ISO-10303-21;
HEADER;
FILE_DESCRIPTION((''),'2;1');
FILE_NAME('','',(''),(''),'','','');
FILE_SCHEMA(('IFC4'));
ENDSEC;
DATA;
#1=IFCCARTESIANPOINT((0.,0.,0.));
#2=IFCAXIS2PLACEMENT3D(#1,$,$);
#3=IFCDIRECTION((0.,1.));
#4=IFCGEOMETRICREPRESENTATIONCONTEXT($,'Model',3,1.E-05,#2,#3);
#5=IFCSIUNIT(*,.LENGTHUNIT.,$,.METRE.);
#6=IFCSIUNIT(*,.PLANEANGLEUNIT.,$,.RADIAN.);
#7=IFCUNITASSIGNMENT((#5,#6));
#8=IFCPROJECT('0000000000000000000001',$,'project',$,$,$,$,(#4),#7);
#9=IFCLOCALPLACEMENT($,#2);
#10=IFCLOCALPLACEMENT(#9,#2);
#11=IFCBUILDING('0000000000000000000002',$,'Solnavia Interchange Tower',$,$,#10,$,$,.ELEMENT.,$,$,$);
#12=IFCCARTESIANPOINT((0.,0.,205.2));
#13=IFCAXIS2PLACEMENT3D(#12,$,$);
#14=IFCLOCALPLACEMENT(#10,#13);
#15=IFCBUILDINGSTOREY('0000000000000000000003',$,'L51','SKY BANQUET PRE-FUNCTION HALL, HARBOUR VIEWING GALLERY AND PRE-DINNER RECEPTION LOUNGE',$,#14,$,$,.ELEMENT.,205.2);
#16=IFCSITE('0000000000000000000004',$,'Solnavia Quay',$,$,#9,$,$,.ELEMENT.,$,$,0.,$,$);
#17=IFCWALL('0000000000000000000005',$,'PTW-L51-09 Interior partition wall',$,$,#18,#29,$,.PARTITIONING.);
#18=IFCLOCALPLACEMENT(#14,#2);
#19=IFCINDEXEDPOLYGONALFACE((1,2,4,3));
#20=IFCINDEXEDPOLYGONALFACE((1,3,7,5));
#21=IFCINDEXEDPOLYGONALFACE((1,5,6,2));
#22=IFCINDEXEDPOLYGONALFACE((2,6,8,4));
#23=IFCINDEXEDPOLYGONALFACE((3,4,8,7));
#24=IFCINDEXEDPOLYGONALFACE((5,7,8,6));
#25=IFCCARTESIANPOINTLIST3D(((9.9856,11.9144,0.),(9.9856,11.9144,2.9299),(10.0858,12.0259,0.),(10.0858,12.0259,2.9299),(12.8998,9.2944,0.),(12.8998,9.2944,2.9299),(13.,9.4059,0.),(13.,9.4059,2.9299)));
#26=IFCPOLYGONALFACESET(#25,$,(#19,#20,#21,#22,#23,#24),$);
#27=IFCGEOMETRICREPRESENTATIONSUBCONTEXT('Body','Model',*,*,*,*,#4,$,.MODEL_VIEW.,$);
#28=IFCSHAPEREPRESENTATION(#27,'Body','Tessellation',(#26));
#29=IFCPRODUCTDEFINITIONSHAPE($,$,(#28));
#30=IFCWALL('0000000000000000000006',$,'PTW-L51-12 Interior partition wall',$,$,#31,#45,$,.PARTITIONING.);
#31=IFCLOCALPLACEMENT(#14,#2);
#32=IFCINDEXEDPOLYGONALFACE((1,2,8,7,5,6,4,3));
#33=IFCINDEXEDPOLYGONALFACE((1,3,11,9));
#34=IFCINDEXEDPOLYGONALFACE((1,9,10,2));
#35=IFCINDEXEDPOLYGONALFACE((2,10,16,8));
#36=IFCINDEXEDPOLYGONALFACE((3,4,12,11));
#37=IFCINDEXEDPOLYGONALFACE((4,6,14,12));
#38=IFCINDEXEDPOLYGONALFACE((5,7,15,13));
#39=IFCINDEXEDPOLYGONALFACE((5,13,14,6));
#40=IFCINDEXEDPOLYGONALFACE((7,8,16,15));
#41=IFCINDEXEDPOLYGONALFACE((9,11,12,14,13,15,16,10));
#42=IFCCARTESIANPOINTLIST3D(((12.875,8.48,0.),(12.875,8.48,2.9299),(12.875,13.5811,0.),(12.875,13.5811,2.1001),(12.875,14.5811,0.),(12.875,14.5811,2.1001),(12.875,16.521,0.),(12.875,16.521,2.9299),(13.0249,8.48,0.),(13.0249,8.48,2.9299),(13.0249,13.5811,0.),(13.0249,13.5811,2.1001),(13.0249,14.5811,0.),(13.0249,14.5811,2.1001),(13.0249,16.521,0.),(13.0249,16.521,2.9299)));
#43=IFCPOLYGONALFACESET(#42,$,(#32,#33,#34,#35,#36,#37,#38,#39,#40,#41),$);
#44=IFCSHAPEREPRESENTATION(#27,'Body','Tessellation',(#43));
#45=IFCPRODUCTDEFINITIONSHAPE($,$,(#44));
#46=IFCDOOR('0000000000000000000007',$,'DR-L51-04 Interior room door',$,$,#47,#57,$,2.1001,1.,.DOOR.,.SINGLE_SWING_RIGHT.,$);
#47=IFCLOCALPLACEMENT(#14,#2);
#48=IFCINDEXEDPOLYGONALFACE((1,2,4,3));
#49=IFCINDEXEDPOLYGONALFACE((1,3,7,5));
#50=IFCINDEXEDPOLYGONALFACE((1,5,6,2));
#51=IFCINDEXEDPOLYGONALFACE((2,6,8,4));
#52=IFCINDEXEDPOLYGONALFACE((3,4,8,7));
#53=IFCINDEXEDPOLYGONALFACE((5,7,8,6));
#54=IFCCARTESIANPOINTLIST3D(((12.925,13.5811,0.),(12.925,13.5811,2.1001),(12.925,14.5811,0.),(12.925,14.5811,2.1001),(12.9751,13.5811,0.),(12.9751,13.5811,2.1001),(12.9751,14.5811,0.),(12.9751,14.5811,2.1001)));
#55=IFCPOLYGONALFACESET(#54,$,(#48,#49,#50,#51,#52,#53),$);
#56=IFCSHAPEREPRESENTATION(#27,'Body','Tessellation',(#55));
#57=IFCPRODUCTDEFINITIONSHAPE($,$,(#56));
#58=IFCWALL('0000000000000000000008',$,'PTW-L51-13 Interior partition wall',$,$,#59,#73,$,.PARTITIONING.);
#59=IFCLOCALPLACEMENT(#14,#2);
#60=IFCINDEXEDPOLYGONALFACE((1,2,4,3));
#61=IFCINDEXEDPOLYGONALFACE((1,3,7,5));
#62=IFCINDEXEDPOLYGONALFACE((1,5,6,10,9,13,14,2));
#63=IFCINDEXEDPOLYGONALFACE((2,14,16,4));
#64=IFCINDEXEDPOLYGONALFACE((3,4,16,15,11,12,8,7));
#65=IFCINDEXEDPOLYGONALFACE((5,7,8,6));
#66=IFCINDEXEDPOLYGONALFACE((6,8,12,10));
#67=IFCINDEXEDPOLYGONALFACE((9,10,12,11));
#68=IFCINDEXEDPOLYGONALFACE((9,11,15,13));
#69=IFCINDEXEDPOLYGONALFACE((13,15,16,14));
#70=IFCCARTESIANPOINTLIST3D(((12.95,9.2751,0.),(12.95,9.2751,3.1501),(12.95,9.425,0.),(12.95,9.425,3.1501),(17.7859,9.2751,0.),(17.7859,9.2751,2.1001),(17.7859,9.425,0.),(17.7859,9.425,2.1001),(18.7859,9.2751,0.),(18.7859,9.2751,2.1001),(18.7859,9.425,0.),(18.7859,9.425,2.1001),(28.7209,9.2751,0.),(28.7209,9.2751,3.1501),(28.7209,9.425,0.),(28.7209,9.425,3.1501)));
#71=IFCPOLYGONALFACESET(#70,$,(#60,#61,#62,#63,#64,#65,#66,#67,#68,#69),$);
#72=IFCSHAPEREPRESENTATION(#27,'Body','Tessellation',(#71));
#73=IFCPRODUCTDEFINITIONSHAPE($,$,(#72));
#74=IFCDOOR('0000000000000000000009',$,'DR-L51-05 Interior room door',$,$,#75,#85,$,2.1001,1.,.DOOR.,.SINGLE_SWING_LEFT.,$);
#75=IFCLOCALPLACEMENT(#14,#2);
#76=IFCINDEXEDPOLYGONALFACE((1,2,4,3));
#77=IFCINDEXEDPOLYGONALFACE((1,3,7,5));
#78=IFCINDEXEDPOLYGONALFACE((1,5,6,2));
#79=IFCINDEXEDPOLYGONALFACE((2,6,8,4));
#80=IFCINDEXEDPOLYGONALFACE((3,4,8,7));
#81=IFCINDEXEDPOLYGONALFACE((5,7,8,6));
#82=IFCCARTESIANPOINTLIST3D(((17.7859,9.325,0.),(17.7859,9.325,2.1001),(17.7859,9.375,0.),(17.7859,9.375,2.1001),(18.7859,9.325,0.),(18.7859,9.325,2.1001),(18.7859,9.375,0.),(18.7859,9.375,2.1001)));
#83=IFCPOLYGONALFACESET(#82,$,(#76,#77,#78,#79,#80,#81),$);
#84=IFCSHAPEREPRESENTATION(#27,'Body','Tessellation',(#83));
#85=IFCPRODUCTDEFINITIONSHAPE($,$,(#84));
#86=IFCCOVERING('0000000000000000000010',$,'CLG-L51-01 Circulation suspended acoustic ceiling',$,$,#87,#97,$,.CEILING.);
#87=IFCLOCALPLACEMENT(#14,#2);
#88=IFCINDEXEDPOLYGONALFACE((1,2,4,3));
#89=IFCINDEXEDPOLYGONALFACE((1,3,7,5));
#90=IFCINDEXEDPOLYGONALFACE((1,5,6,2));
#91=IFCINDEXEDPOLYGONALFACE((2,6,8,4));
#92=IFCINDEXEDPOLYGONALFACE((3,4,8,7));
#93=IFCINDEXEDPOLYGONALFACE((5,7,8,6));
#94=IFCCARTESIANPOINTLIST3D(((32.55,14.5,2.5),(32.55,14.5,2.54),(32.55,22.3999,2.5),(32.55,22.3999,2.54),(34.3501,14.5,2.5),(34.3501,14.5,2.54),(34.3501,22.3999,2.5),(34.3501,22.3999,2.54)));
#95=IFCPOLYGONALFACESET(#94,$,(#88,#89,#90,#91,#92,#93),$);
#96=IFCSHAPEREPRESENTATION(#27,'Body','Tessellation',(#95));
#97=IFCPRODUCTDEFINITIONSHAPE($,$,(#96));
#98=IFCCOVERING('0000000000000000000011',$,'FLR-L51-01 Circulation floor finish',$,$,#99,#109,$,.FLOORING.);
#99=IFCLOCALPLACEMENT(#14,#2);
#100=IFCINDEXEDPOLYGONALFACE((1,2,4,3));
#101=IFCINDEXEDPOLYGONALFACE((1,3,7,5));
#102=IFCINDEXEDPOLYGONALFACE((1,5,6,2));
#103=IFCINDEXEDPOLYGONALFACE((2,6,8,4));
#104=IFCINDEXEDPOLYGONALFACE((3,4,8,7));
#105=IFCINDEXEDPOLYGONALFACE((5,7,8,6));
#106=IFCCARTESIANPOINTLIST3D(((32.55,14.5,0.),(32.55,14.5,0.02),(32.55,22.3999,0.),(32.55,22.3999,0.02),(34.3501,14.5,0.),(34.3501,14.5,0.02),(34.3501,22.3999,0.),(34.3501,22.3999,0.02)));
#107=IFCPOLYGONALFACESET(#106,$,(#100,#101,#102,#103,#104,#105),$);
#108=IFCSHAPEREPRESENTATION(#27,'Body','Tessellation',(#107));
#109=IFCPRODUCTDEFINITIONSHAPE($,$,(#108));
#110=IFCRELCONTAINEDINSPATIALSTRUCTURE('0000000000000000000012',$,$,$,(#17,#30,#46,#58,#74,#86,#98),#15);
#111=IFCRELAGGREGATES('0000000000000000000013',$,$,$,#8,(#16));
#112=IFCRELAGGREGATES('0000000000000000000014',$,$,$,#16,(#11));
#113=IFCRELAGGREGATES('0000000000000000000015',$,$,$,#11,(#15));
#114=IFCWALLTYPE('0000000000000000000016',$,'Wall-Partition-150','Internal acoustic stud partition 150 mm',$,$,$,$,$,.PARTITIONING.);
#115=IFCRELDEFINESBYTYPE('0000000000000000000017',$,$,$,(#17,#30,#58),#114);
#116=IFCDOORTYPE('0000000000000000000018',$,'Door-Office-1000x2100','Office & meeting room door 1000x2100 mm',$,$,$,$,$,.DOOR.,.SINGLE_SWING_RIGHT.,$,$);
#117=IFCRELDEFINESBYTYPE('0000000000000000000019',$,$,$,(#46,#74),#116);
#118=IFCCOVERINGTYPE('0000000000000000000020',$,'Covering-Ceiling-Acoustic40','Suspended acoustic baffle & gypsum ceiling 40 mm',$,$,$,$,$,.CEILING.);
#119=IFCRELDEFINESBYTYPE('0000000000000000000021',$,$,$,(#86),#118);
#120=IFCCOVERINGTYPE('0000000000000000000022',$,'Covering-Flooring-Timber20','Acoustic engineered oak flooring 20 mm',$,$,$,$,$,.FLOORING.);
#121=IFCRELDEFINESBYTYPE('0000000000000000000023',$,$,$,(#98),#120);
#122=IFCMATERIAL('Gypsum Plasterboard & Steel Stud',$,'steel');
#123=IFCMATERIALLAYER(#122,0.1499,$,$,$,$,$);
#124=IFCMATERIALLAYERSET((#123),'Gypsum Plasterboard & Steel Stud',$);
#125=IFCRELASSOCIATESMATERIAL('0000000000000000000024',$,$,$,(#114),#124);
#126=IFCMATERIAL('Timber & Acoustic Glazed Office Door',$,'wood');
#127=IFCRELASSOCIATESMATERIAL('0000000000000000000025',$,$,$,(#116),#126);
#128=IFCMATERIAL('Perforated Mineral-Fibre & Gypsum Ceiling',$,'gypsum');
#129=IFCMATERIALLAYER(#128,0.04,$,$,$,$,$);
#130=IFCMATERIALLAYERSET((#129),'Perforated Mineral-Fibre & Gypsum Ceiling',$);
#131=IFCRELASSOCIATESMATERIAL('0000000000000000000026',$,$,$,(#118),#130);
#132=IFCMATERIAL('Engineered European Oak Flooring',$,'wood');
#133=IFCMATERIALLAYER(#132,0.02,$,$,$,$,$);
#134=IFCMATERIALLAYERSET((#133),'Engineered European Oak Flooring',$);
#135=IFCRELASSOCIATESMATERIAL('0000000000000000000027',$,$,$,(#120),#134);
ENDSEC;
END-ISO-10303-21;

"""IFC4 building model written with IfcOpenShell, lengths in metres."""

from ifc_helpers import new_model, si_unit, direction, frame, frame_2d, origin, place, context, subcontext, project, spatial, polyline, rectangle, outline, extrude, material, layer, layer_set, type_object, element, fill, save


model = new_model("IFC4")

# Units and contexts
model_context = context("Model", 3, precision=1e-05, world=origin(), true_north=direction((0.0, 1.0)))
body_context = subcontext(model_context, "Body", "Model", "MODEL_VIEW")
ifc_project = project(units=[si_unit("LENGTHUNIT", "METRE"), si_unit("PLANEANGLEUNIT", "RADIAN")], contexts=[model_context])

# Site, building, storey
site_placement = place(None, origin())
site = spatial("IfcSite", under=ifc_project, at=site_placement, Name="Solnavia Quay", CompositionType="ELEMENT", RefElevation=0.0)
building_placement = place(site_placement, origin())
building = spatial("IfcBuilding", under=site, at=building_placement, Name="Solnavia Interchange Tower", CompositionType="ELEMENT")
storey_placement = place(building_placement, frame((0.0, 0.0, 205.2)))
storey = spatial("IfcBuildingStorey", under=building, at=storey_placement, Name="L51", Description="SKY BANQUET PRE-FUNCTION HALL, HARBOUR VIEWING GALLERY AND PRE-DINNER RECEPTION LOUNGE", CompositionType="ELEMENT", Elevation=205.2)

# Wall
ifc_material_1 = material(Name="Gypsum Plasterboard & Steel Stud", Category="steel")
ifc_layer_1 = layer(ifc_material_1, 0.1499)
ifc_layer_set_1 = layer_set([ifc_layer_1], Name="Gypsum Plasterboard & Steel Stud")
wall_type_1 = type_object("IfcWallType", Name="Wall-Partition-150", Description="Internal acoustic stud partition 150 mm", PredefinedType="PARTITIONING", material=ifc_layer_set_1)
wall_1_placement = place(storey_placement, frame((12.95, 9.3501, 0.0), z_axis=(0.0, 0.0, 1.0), x_axis=(-0.743647, 0.668572, 0.0)))
element("IfcWall", 1, at=wall_1_placement, inside=storey, type_object=wall_type_1, Name="PTW-L51-09 Interior partition wall", PredefinedType="PARTITIONING", context=body_context, shape_type="SweptSolid", body=[
    extrude(rectangle(XDim=3.9187, YDim=0.1499, at=frame_2d((1.9595, 0.0))), origin(), (0.0, 0.0, 1.0), 2.9299),
])

# Walls, openings, doors
wall_2_placement = place(storey_placement, frame((12.95, 8.48, 0.0), z_axis=(0.0, 0.0, 1.0), x_axis=(0.0, 1.0, 0.0)))
wall_2 = element("IfcWall", 2, at=wall_2_placement, inside=storey, type_object=wall_type_1, Name="PTW-L51-12 Interior partition wall", PredefinedType="PARTITIONING", context=body_context, shape_type="SweptSolid", body=[
    extrude(rectangle(XDim=8.041, YDim=0.1499, at=frame_2d((4.0205, 0.0))), origin(), (0.0, 0.0, 1.0), 2.9299),
])
opening_1_placement = place(wall_2_placement, frame((5.1011, 0.0, 0.0)))
opening_1 = element("IfcOpeningElement", 3, at=opening_1_placement, cuts=wall_2, PredefinedType="OPENING", context=body_context, shape_type="SweptSolid", body=[
    extrude(rectangle(XDim=1.0, YDim=2.1001, at=frame_2d((0.5, 1.05))), frame((0.0, 0.085, 0.0), z_axis=(0.0, -1.0, 0.0), x_axis=(1.0, 0.0, 0.0)), (0.0, 0.0, 1.0), 0.1699),
])
ifc_material_2 = material(Name="Timber & Acoustic Glazed Office Door", Category="wood")
door_type = type_object("IfcDoorType", Name="Door-Office-1000x2100", Description="Office & meeting room door 1000x2100 mm", OperationType="SINGLE_SWING_RIGHT", PredefinedType="DOOR", material=ifc_material_2)
door_1_placement = place(opening_1_placement, origin())
door_1 = element("IfcDoor", 4, at=door_1_placement, inside=storey, type_object=door_type, Name="DR-L51-04 Interior room door", OperationType="SINGLE_SWING_RIGHT", OverallHeight=2.1001, OverallWidth=1.0, PredefinedType="DOOR", context=body_context, shape_type="SweptSolid", body=[
    extrude(rectangle(XDim=1.0, YDim=2.1001, at=frame_2d((0.5, 1.05))), frame((0.0, 0.0249, 0.0), z_axis=(0.0, -1.0, 0.0), x_axis=(1.0, 0.0, 0.0)), (0.0, 0.0, 1.0), 0.05),
])
fill(opening_1, door_1)
wall_3_placement = place(storey_placement, frame((12.95, 9.3501, 0.0), z_axis=(0.0, 0.0, 1.0), x_axis=(1.0, 0.0, 0.0)))
wall_3 = element("IfcWall", 5, at=wall_3_placement, inside=storey, type_object=wall_type_1, Name="PTW-L51-13 Interior partition wall", PredefinedType="PARTITIONING", context=body_context, shape_type="SweptSolid", body=[
    extrude(rectangle(XDim=15.771, YDim=0.1499, at=frame_2d((7.8855, 0.0))), origin(), (0.0, 0.0, 1.0), 3.1501),
])
opening_2_placement = place(wall_3_placement, frame((4.8359, 0.0, 0.0)))
opening_2 = element("IfcOpeningElement", 6, at=opening_2_placement, cuts=wall_3, PredefinedType="OPENING", context=body_context, shape_type="SweptSolid", body=[
    extrude(rectangle(XDim=1.0, YDim=2.1001, at=frame_2d((0.5, 1.05))), frame((0.0, 0.085, 0.0), z_axis=(0.0, -1.0, 0.0), x_axis=(1.0, 0.0, 0.0)), (0.0, 0.0, 1.0), 0.1699),
])
door_2_placement = place(opening_2_placement, origin())
door_2 = element("IfcDoor", 7, at=door_2_placement, inside=storey, type_object=door_type, Name="DR-L51-05 Interior room door", OperationType="SINGLE_SWING_LEFT", OverallHeight=2.1001, OverallWidth=1.0, PredefinedType="DOOR", context=body_context, shape_type="SweptSolid", body=[
    extrude(rectangle(XDim=1.0, YDim=2.1001, at=frame_2d((0.5, 1.05))), frame((0.0, 0.0249, 0.0), z_axis=(0.0, -1.0, 0.0), x_axis=(1.0, 0.0, 0.0)), (0.0, 0.0, 1.0), 0.05),
])
fill(opening_2, door_2)

# Coverings
ifc_material_3 = material(Name="Perforated Mineral-Fibre & Gypsum Ceiling", Category="gypsum")
ifc_layer_2 = layer(ifc_material_3, 0.04)
ifc_layer_set_2 = layer_set([ifc_layer_2], Name="Perforated Mineral-Fibre & Gypsum Ceiling")
covering_type_1 = type_object("IfcCoveringType", Name="Covering-Ceiling-Acoustic40", Description="Suspended acoustic baffle & gypsum ceiling 40 mm", PredefinedType="CEILING", material=ifc_layer_set_2)
covering_1_placement = place(storey_placement, frame((0.0, 0.0, 2.5)))
element("IfcCovering", 8, at=covering_1_placement, inside=storey, type_object=covering_type_1, Name="CLG-L51-01 Circulation suspended acoustic ceiling", PredefinedType="CEILING", context=body_context, shape_type="SweptSolid", body=[
    extrude(outline(polyline([(32.55, 14.5), (34.3501, 14.5), (34.3501, 22.3999), (32.55, 22.3999), (32.55, 14.5)])), origin(), (0.0, 0.0, 1.0), 0.04),
])
ifc_material_4 = material(Name="Engineered European Oak Flooring", Category="wood")
ifc_layer_3 = layer(ifc_material_4, 0.02)
ifc_layer_set_3 = layer_set([ifc_layer_3], Name="Engineered European Oak Flooring")
covering_type_2 = type_object("IfcCoveringType", Name="Covering-Flooring-Timber20", Description="Acoustic engineered oak flooring 20 mm", PredefinedType="FLOORING", material=ifc_layer_set_3)
covering_2_placement = place(storey_placement, origin())
element("IfcCovering", 9, at=covering_2_placement, inside=storey, type_object=covering_type_2, Name="FLR-L51-01 Circulation floor finish", PredefinedType="FLOORING", context=body_context, shape_type="SweptSolid", body=[
    extrude(outline(polyline([(32.55, 14.5), (34.3501, 14.5), (34.3501, 22.3999), (32.55, 22.3999), (32.55, 14.5)])), origin(), (0.0, 0.0, 1.0), 0.02),
])

save(model, "model.ifc")
